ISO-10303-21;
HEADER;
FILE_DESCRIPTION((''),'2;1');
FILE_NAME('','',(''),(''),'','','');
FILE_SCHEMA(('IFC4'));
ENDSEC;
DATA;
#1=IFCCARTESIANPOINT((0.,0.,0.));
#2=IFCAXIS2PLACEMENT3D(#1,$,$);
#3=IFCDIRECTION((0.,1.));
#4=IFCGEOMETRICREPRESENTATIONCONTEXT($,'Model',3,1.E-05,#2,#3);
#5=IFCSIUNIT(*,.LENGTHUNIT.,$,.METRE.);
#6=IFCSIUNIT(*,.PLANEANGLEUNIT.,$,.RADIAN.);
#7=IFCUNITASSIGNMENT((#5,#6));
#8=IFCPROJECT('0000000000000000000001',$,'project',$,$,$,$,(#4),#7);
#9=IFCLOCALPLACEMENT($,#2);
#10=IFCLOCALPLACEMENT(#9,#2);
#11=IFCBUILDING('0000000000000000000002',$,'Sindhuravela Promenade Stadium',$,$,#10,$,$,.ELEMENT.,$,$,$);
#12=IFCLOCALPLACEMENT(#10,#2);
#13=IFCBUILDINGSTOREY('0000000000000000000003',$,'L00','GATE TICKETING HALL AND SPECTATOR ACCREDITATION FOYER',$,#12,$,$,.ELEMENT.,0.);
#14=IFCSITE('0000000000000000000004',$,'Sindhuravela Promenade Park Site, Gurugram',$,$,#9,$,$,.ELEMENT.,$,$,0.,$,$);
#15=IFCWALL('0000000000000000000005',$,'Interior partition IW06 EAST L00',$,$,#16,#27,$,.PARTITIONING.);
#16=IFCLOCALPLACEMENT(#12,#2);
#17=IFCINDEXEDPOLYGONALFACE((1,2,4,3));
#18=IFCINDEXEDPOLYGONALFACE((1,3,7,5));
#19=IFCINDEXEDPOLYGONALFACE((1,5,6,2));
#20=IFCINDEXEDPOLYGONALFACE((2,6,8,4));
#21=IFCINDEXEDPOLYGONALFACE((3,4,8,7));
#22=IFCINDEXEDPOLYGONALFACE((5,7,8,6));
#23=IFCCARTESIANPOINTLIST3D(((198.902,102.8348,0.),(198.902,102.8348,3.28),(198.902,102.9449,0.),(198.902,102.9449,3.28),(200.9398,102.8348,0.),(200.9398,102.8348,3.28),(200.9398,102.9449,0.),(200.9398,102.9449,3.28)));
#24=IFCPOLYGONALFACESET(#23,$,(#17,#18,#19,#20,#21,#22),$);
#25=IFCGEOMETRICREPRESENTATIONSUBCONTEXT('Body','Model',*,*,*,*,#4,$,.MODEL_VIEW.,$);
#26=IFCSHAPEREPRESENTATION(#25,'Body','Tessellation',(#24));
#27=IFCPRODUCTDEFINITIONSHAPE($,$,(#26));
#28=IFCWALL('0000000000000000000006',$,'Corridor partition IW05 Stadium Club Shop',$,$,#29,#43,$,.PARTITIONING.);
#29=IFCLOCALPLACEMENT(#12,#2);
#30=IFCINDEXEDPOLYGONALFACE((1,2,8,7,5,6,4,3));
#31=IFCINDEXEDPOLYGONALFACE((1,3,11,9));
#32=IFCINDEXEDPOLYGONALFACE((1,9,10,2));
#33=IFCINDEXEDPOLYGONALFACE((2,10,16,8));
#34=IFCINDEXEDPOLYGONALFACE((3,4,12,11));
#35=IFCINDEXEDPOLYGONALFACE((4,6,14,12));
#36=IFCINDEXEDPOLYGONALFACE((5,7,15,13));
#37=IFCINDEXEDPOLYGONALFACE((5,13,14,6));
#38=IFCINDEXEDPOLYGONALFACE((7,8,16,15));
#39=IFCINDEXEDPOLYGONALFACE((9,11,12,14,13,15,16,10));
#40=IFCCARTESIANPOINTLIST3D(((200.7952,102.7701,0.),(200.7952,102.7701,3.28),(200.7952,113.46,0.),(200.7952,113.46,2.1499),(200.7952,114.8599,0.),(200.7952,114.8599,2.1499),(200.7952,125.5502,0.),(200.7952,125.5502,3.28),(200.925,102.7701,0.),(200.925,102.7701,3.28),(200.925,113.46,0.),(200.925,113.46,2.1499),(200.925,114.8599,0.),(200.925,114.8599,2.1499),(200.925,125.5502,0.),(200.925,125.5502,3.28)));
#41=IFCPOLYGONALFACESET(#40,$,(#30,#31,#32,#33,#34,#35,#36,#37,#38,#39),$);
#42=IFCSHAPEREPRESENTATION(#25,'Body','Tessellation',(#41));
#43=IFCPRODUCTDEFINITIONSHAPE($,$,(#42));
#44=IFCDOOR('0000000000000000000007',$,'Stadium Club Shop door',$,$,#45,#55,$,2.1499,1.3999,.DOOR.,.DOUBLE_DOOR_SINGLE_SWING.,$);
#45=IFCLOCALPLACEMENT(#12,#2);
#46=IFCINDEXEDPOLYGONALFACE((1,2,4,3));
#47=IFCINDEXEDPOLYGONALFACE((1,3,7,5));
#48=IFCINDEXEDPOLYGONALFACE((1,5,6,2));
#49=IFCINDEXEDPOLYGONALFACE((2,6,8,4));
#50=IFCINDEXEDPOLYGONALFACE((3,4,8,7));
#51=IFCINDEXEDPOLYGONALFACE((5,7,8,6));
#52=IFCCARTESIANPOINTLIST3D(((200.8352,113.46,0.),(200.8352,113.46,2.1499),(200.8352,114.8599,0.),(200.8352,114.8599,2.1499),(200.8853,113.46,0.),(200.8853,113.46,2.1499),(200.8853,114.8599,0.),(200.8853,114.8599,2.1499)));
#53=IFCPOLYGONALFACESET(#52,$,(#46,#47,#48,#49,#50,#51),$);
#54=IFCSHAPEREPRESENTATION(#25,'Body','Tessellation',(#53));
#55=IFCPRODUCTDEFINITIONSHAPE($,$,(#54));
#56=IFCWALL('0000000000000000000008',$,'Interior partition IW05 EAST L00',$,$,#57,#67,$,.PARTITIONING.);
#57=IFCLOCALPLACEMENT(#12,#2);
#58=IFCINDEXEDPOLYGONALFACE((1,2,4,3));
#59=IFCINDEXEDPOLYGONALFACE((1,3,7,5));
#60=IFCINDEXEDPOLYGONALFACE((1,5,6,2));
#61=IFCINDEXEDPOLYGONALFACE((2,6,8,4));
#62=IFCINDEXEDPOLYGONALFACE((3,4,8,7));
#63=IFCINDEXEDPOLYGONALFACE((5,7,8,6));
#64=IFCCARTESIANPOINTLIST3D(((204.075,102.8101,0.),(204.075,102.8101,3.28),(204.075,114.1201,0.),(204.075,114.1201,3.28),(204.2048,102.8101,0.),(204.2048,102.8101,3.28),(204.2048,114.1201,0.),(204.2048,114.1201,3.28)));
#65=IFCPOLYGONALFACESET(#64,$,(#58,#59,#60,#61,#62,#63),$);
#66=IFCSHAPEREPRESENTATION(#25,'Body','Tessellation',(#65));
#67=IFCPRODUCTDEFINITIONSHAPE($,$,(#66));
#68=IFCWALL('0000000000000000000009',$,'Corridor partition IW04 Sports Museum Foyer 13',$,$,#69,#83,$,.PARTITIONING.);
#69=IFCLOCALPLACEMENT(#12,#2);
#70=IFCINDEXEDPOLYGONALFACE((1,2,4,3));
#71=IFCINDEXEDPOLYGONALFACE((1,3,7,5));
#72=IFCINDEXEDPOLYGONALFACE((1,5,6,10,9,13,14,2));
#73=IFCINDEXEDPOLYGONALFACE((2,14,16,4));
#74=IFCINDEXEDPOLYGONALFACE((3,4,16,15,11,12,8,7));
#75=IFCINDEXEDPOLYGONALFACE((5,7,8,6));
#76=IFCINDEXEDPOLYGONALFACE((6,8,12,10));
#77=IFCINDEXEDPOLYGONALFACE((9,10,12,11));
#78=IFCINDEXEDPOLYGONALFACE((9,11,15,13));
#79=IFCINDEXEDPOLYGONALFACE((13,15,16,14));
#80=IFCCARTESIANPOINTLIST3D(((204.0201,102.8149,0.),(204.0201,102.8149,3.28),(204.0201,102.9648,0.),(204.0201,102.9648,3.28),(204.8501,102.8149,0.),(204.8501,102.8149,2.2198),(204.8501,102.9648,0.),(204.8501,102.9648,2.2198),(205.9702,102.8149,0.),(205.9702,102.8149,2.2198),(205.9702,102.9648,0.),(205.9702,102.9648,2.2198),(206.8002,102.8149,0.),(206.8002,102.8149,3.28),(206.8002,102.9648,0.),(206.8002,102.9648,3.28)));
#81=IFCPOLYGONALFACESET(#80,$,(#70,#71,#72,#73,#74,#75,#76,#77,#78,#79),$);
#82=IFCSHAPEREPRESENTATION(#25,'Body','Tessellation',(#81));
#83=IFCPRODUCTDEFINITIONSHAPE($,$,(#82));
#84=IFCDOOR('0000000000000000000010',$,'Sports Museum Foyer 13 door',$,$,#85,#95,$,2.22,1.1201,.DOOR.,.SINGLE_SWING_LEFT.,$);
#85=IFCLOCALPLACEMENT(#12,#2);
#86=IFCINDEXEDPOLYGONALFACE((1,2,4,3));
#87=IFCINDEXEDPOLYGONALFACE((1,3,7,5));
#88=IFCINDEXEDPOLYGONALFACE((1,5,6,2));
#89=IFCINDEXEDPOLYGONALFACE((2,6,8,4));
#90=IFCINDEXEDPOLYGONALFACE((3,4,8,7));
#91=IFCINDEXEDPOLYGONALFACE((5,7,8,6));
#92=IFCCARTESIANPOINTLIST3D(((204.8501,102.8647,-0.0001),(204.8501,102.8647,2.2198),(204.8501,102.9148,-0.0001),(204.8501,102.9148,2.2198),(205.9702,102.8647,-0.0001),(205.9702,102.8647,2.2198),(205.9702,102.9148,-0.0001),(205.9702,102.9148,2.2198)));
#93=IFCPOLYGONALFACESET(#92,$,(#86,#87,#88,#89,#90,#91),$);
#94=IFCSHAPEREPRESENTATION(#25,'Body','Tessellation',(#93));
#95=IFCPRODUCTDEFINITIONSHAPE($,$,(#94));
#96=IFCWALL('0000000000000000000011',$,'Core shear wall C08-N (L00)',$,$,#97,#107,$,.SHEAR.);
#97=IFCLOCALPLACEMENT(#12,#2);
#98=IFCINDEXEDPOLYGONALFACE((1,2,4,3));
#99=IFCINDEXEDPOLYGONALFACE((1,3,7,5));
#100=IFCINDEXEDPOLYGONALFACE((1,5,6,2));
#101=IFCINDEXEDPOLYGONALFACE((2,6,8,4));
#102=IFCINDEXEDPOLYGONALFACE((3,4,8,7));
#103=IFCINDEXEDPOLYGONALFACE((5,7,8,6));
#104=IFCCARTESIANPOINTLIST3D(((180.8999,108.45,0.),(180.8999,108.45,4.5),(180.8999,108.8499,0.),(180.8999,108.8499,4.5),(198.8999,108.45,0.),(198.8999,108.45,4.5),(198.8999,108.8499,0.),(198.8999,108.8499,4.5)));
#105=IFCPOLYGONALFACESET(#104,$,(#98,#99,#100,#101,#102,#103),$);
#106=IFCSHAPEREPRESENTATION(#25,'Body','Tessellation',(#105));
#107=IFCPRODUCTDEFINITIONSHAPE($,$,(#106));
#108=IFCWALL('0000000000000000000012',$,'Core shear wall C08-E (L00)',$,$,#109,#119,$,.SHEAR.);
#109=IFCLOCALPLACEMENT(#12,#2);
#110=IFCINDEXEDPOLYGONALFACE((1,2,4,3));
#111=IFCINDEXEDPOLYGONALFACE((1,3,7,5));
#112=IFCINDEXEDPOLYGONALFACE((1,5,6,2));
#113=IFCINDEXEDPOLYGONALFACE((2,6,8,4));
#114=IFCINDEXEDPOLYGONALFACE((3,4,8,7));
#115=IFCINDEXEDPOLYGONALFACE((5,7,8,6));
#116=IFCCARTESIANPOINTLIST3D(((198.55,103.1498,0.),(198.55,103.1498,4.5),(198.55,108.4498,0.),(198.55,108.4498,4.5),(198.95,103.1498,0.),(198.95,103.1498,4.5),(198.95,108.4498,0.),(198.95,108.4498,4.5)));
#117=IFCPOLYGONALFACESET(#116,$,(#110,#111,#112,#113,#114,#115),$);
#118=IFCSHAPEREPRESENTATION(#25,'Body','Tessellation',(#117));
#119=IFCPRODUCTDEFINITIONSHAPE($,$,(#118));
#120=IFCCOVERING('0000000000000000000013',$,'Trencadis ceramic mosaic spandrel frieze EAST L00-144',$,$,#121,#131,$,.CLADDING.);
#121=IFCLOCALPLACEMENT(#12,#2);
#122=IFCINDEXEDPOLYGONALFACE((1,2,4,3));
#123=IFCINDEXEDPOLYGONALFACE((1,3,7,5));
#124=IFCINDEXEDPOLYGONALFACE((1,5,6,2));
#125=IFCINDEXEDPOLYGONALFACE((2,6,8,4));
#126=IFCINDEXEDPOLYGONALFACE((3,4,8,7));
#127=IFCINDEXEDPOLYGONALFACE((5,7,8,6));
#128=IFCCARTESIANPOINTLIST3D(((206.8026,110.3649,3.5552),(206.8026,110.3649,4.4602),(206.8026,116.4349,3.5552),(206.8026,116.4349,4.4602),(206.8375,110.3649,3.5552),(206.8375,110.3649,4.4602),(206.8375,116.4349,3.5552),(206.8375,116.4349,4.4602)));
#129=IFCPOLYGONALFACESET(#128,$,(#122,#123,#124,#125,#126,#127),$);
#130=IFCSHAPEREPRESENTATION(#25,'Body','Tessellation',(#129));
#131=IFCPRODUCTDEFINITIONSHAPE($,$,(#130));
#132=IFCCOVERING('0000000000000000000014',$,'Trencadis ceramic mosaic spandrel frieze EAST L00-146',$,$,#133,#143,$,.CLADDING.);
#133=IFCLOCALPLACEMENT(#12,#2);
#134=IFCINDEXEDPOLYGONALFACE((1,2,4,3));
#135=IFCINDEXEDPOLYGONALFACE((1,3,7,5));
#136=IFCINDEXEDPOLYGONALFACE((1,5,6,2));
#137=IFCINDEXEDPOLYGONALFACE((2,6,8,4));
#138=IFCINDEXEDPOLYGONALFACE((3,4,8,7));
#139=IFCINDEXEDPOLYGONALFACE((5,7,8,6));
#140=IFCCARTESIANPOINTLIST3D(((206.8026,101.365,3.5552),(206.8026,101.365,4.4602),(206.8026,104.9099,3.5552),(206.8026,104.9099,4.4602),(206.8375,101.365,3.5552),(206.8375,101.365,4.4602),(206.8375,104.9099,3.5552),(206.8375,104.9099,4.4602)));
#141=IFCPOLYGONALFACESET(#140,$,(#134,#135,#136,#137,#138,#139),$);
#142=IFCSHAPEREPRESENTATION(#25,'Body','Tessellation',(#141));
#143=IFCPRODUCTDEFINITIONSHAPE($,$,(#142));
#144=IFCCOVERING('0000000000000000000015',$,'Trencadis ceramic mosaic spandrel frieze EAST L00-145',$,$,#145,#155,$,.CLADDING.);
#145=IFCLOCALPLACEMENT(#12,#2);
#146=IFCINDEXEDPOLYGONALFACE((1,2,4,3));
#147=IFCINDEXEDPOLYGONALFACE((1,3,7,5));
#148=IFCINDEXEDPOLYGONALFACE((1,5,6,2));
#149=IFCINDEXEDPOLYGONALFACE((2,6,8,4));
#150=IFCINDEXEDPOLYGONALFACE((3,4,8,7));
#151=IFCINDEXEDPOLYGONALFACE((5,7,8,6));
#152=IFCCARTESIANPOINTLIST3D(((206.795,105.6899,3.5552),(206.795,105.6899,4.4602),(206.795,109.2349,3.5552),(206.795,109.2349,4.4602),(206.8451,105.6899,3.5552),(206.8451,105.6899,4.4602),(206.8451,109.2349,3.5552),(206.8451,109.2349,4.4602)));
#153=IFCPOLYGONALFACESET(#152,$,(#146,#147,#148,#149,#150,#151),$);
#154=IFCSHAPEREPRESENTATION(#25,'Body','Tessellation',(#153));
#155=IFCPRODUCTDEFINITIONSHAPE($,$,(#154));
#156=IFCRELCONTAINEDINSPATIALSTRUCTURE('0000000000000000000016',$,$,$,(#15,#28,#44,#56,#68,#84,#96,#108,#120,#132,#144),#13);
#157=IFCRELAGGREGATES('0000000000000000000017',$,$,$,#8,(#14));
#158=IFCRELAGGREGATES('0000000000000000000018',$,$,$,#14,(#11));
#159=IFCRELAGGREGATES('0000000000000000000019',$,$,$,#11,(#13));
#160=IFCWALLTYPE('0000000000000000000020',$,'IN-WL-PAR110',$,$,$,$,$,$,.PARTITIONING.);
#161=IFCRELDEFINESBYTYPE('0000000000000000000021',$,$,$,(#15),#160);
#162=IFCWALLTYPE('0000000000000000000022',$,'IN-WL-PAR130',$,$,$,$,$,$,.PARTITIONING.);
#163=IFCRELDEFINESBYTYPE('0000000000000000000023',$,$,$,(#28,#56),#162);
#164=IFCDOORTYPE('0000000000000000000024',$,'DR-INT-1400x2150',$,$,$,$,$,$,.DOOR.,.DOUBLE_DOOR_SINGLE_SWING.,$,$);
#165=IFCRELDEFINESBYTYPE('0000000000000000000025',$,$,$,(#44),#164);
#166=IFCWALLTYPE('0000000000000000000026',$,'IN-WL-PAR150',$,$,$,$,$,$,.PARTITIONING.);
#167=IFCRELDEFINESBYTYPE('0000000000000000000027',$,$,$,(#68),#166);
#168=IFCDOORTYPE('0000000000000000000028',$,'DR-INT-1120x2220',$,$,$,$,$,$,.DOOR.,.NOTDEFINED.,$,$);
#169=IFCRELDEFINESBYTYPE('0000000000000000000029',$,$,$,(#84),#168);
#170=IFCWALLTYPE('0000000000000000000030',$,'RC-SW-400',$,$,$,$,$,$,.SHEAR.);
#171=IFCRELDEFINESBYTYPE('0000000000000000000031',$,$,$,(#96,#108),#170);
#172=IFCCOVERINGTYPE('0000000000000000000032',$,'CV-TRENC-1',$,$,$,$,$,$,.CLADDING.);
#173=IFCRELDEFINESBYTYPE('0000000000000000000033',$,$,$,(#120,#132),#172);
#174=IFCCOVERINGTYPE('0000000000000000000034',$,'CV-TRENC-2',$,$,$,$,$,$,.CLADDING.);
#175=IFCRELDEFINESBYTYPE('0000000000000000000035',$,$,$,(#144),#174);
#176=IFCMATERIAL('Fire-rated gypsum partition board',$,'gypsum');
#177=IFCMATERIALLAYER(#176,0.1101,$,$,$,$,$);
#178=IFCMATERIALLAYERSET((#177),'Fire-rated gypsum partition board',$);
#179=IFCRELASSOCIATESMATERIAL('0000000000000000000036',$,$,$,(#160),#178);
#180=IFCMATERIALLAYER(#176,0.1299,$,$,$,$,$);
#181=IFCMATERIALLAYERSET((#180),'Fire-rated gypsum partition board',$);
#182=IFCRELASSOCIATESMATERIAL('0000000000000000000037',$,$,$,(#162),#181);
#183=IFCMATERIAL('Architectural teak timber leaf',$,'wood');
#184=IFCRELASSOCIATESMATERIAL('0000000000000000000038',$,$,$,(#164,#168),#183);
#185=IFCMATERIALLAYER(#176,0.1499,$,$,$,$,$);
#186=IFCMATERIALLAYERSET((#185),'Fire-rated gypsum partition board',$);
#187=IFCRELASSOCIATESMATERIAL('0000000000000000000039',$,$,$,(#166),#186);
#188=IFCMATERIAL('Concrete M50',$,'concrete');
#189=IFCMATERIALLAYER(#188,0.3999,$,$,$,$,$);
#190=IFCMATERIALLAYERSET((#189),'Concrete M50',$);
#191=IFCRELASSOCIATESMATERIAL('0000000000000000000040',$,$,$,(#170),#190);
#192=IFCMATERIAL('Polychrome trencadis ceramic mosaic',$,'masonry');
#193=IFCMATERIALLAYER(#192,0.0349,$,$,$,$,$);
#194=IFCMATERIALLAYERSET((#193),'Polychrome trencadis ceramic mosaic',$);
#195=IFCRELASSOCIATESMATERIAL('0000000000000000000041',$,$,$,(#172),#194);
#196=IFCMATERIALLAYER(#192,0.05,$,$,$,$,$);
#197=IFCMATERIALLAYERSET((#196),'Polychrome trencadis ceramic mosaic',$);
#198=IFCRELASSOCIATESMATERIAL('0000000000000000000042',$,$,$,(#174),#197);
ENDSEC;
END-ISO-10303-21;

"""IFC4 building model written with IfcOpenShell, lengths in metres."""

from ifc_helpers import new_model, si_unit, direction, frame, frame_2d, origin, origin_2d, place, context, subcontext, project, spatial, rectangle, extrude, material, layer, layer_set, type_object, element, fill, save


model = new_model("IFC4")

# Units and contexts
model_context = context("Model", 3, precision=1e-05, world=origin(), true_north=direction((0.0, 1.0)))
body_context = subcontext(model_context, "Body", "Model", "MODEL_VIEW")
ifc_project = project(units=[si_unit("LENGTHUNIT", "METRE"), si_unit("PLANEANGLEUNIT", "RADIAN")], contexts=[model_context])

# Site, building, storey
site_placement = place(None, origin())
site = spatial("IfcSite", under=ifc_project, at=site_placement, Name="Sindhuravela Promenade Park Site, Gurugram", CompositionType="ELEMENT", RefElevation=0.0)
building_placement = place(site_placement, origin())
building = spatial("IfcBuilding", under=site, at=building_placement, Name="Sindhuravela Promenade Stadium", CompositionType="ELEMENT")
storey_placement = place(building_placement, origin())
storey = spatial("IfcBuildingStorey", under=building, at=storey_placement, Name="L00", Description="GATE TICKETING HALL AND SPECTATOR ACCREDITATION FOYER", CompositionType="ELEMENT", Elevation=0.0)

# Shared definitions
ifc_material_1 = material(Name="Concrete M50", Category="concrete")

# Wall
ifc_material_2 = material(Name="Fire-rated gypsum partition board", Category="gypsum")
ifc_layer_1 = layer(ifc_material_2, 0.1101)
ifc_layer_set_1 = layer_set([ifc_layer_1], Name="Fire-rated gypsum partition board")
wall_type_1 = type_object("IfcWallType", Name="IN-WL-PAR110", PredefinedType="PARTITIONING", material=ifc_layer_set_1)
wall_1_placement = place(storey_placement, frame((200.9399, 102.8899, 0.0), z_axis=(0.0, 0.0, 1.0), x_axis=(-1.0, 0.0, 0.0)))
element("IfcWall", 1, at=wall_1_placement, inside=storey, type_object=wall_type_1, Name="Interior partition IW06 EAST L00", PredefinedType="PARTITIONING", context=body_context, shape_type="SweptSolid", body=[
    extrude(rectangle(XDim=2.0378, YDim=0.1101, at=frame_2d((1.019, 0.0))), origin(), (0.0, 0.0, 1.0), 3.28),
])

# Wall, opening, door
ifc_layer_2 = layer(ifc_material_2, 0.1299)
ifc_layer_set_2 = layer_set([ifc_layer_2], Name="Fire-rated gypsum partition board")
wall_type_2 = type_object("IfcWallType", Name="IN-WL-PAR130", PredefinedType="PARTITIONING", material=ifc_layer_set_2)
wall_2_placement = place(storey_placement, frame((200.8601, 102.77, 0.0), z_axis=(0.0, 0.0, 1.0), x_axis=(0.0, 1.0, 0.0)))
wall_2 = element("IfcWall", 2, at=wall_2_placement, inside=storey, type_object=wall_type_2, Name="Corridor partition IW05 Stadium Club Shop", PredefinedType="PARTITIONING", context=body_context, shape_type="SweptSolid", body=[
    extrude(rectangle(XDim=22.78, YDim=0.1299, at=frame_2d((11.3901, 0.0))), origin(), (0.0, 0.0, 1.0), 3.28),
])
opening_1_placement = place(wall_2_placement, frame((10.6899, 0.0, 0.0)))
opening_1 = element("IfcOpeningElement", 3, at=opening_1_placement, cuts=wall_2, PredefinedType="OPENING", context=body_context, shape_type="SweptSolid", body=[
    extrude(rectangle(XDim=1.3999, YDim=2.1499, at=frame_2d((0.7, 1.075))), frame((0.0, 0.075, 0.0), z_axis=(0.0, -1.0, 0.0), x_axis=(1.0, 0.0, 0.0)), (0.0, 0.0, 1.0), 0.1499),
])
ifc_material_3 = material(Name="Architectural teak timber leaf", Category="wood")
door_type_1 = type_object("IfcDoorType", Name="DR-INT-1400x2150", OperationType="DOUBLE_DOOR_SINGLE_SWING", PredefinedType="DOOR", material=ifc_material_3)
door_1_placement = place(opening_1_placement, origin())
door_1 = element("IfcDoor", 4, at=door_1_placement, inside=storey, type_object=door_type_1, Name="Stadium Club Shop door", OperationType="DOUBLE_DOOR_SINGLE_SWING", OverallHeight=2.1499, OverallWidth=1.3999, PredefinedType="DOOR", context=body_context, shape_type="SweptSolid", body=[
    extrude(rectangle(XDim=1.3999, YDim=2.1499, at=frame_2d((0.7, 1.075))), frame((0.0, 0.0249, 0.0), z_axis=(0.0, -1.0, 0.0), x_axis=(1.0, 0.0, 0.0)), (0.0, 0.0, 1.0), 0.05),
])
fill(opening_1, door_1)

# Wall
wall_3_placement = place(storey_placement, frame((204.1399, 102.8101, 0.0), z_axis=(0.0, 0.0, 1.0), x_axis=(0.0, 1.0, 0.0)))
element("IfcWall", 5, at=wall_3_placement, inside=storey, type_object=wall_type_2, Name="Interior partition IW05 EAST L00", PredefinedType="PARTITIONING", context=body_context, shape_type="SweptSolid", body=[
    extrude(rectangle(XDim=11.3101, YDim=0.1299, at=frame_2d((5.655, 0.0))), origin(), (0.0, 0.0, 1.0), 3.28),
])

# Wall, opening, door
ifc_layer_3 = layer(ifc_material_2, 0.1499)
ifc_layer_set_3 = layer_set([ifc_layer_3], Name="Fire-rated gypsum partition board")
wall_type_3 = type_object("IfcWallType", Name="IN-WL-PAR150", PredefinedType="PARTITIONING", material=ifc_layer_set_3)
wall_4_placement = place(storey_placement, frame((204.02, 102.8899, 0.0), z_axis=(0.0, 0.0, 1.0), x_axis=(1.0, 0.0, 0.0)))
wall_4 = element("IfcWall", 6, at=wall_4_placement, inside=storey, type_object=wall_type_3, Name="Corridor partition IW04 Sports Museum Foyer 13", PredefinedType="PARTITIONING", context=body_context, shape_type="SweptSolid", body=[
    extrude(rectangle(XDim=2.78, YDim=0.1499, at=frame_2d((1.3901, 0.0))), origin(), (0.0, 0.0, 1.0), 3.28),
])
opening_2_placement = place(wall_4_placement, frame((0.8301, 0.0, 0.0)))
opening_2 = element("IfcOpeningElement", 7, at=opening_2_placement, cuts=wall_4, PredefinedType="OPENING", context=body_context, shape_type="SweptSolid", body=[
    extrude(rectangle(XDim=1.1201, YDim=2.22, at=frame_2d((0.5601, 1.1099))), frame((0.0, 0.085, 0.0), z_axis=(0.0, -1.0, 0.0), x_axis=(1.0, 0.0, 0.0)), (0.0, 0.0, 1.0), 0.1699),
])
door_type_2 = type_object("IfcDoorType", Name="DR-INT-1120x2220", OperationType="NOTDEFINED", PredefinedType="DOOR", material=ifc_material_3)
door_2_placement = place(opening_2_placement, origin())
door_2 = element("IfcDoor", 8, at=door_2_placement, inside=storey, type_object=door_type_2, Name="Sports Museum Foyer 13 door", OperationType="SINGLE_SWING_LEFT", OverallHeight=2.22, OverallWidth=1.1201, PredefinedType="DOOR", context=body_context, shape_type="SweptSolid", body=[
    extrude(rectangle(XDim=1.1201, YDim=2.22, at=frame_2d((0.5601, 1.1099))), frame((0.0, 0.0249, 0.0), z_axis=(0.0, -1.0, 0.0), x_axis=(1.0, 0.0, 0.0)), (0.0, 0.0, 1.0), 0.05),
])
fill(opening_2, door_2)

# Walls
ifc_layer_4 = layer(ifc_material_1, 0.3999)
ifc_layer_set_4 = layer_set([ifc_layer_4], Name="Concrete M50")
wall_type_4 = type_object("IfcWallType", Name="RC-SW-400", PredefinedType="SHEAR", material=ifc_layer_set_4)
wall_5_placement = place(storey_placement, frame((198.8999, 108.6499, 0.0), z_axis=(0.0, 0.0, 1.0), x_axis=(-1.0, 0.0, 0.0)))
element("IfcWall", 9, at=wall_5_placement, inside=storey, type_object=wall_type_4, Name="Core shear wall C08-N (L00)", PredefinedType="SHEAR", context=body_context, shape_type="SweptSolid", body=[
    extrude(rectangle(XDim=18.0, YDim=0.3999, at=frame_2d((9.0, 0.0))), origin(), (0.0, 0.0, 1.0), 4.5),
])
wall_6_placement = place(storey_placement, frame((198.75, 103.1499, 0.0), z_axis=(0.0, 0.0, 1.0), x_axis=(0.0, 1.0, 0.0)))
element("IfcWall", 10, at=wall_6_placement, inside=storey, type_object=wall_type_4, Name="Core shear wall C08-E (L00)", PredefinedType="SHEAR", context=body_context, shape_type="SweptSolid", body=[
    extrude(rectangle(XDim=5.3, YDim=0.3999, at=frame_2d((2.6499, 0.0))), origin(), (0.0, 0.0, 1.0), 4.5),
])

# Coverings
ifc_material_4 = material(Name="Polychrome trencadis ceramic mosaic", Category="masonry")
ifc_layer_5 = layer(ifc_material_4, 0.0349)
ifc_layer_set_5 = layer_set([ifc_layer_5], Name="Polychrome trencadis ceramic mosaic")
covering_type_1 = type_object("IfcCoveringType", Name="CV-TRENC-1", PredefinedType="CLADDING", material=ifc_layer_set_5)
covering_1_placement = place(storey_placement, frame((206.8201, 113.3999, 3.5552), z_axis=(0.0, 0.0, 1.0), x_axis=(0.0, -1.0, 0.0)))
element("IfcCovering", 11, at=covering_1_placement, inside=storey, type_object=covering_type_1, Name="Trencadis ceramic mosaic spandrel frieze EAST L00-144", PredefinedType="CLADDING", context=body_context, shape_type="SweptSolid", body=[
    extrude(rectangle(XDim=6.0701, YDim=0.0349, at=origin_2d()), origin(), (0.0, 0.0, 1.0), 0.905),
])
covering_2_placement = place(storey_placement, frame((206.8201, 103.1375, 3.5552), z_axis=(0.0, 0.0, 1.0), x_axis=(0.0, -1.0, 0.0)))
element("IfcCovering", 12, at=covering_2_placement, inside=storey, type_object=covering_type_1, Name="Trencadis ceramic mosaic spandrel frieze EAST L00-146", PredefinedType="CLADDING", context=body_context, shape_type="SweptSolid", body=[
    extrude(rectangle(XDim=3.5449, YDim=0.0349, at=origin_2d()), origin(), (0.0, 0.0, 1.0), 0.905),
])
ifc_layer_6 = layer(ifc_material_4, 0.05)
ifc_layer_set_6 = layer_set([ifc_layer_6], Name="Polychrome trencadis ceramic mosaic")
covering_type_2 = type_object("IfcCoveringType", Name="CV-TRENC-2", PredefinedType="CLADDING", material=ifc_layer_set_6)
covering_3_placement = place(storey_placement, frame((206.8201, 107.4624, 3.5552), z_axis=(0.0, 0.0, 1.0), x_axis=(0.0, -1.0, 0.0)))
element("IfcCovering", 13, at=covering_3_placement, inside=storey, type_object=covering_type_2, Name="Trencadis ceramic mosaic spandrel frieze EAST L00-145", PredefinedType="CLADDING", context=body_context, shape_type="SweptSolid", body=[
    extrude(rectangle(XDim=3.5449, YDim=0.05, at=origin_2d()), origin(), (0.0, 0.0, 1.0), 0.905),
])

save(model, "model.ifc")
